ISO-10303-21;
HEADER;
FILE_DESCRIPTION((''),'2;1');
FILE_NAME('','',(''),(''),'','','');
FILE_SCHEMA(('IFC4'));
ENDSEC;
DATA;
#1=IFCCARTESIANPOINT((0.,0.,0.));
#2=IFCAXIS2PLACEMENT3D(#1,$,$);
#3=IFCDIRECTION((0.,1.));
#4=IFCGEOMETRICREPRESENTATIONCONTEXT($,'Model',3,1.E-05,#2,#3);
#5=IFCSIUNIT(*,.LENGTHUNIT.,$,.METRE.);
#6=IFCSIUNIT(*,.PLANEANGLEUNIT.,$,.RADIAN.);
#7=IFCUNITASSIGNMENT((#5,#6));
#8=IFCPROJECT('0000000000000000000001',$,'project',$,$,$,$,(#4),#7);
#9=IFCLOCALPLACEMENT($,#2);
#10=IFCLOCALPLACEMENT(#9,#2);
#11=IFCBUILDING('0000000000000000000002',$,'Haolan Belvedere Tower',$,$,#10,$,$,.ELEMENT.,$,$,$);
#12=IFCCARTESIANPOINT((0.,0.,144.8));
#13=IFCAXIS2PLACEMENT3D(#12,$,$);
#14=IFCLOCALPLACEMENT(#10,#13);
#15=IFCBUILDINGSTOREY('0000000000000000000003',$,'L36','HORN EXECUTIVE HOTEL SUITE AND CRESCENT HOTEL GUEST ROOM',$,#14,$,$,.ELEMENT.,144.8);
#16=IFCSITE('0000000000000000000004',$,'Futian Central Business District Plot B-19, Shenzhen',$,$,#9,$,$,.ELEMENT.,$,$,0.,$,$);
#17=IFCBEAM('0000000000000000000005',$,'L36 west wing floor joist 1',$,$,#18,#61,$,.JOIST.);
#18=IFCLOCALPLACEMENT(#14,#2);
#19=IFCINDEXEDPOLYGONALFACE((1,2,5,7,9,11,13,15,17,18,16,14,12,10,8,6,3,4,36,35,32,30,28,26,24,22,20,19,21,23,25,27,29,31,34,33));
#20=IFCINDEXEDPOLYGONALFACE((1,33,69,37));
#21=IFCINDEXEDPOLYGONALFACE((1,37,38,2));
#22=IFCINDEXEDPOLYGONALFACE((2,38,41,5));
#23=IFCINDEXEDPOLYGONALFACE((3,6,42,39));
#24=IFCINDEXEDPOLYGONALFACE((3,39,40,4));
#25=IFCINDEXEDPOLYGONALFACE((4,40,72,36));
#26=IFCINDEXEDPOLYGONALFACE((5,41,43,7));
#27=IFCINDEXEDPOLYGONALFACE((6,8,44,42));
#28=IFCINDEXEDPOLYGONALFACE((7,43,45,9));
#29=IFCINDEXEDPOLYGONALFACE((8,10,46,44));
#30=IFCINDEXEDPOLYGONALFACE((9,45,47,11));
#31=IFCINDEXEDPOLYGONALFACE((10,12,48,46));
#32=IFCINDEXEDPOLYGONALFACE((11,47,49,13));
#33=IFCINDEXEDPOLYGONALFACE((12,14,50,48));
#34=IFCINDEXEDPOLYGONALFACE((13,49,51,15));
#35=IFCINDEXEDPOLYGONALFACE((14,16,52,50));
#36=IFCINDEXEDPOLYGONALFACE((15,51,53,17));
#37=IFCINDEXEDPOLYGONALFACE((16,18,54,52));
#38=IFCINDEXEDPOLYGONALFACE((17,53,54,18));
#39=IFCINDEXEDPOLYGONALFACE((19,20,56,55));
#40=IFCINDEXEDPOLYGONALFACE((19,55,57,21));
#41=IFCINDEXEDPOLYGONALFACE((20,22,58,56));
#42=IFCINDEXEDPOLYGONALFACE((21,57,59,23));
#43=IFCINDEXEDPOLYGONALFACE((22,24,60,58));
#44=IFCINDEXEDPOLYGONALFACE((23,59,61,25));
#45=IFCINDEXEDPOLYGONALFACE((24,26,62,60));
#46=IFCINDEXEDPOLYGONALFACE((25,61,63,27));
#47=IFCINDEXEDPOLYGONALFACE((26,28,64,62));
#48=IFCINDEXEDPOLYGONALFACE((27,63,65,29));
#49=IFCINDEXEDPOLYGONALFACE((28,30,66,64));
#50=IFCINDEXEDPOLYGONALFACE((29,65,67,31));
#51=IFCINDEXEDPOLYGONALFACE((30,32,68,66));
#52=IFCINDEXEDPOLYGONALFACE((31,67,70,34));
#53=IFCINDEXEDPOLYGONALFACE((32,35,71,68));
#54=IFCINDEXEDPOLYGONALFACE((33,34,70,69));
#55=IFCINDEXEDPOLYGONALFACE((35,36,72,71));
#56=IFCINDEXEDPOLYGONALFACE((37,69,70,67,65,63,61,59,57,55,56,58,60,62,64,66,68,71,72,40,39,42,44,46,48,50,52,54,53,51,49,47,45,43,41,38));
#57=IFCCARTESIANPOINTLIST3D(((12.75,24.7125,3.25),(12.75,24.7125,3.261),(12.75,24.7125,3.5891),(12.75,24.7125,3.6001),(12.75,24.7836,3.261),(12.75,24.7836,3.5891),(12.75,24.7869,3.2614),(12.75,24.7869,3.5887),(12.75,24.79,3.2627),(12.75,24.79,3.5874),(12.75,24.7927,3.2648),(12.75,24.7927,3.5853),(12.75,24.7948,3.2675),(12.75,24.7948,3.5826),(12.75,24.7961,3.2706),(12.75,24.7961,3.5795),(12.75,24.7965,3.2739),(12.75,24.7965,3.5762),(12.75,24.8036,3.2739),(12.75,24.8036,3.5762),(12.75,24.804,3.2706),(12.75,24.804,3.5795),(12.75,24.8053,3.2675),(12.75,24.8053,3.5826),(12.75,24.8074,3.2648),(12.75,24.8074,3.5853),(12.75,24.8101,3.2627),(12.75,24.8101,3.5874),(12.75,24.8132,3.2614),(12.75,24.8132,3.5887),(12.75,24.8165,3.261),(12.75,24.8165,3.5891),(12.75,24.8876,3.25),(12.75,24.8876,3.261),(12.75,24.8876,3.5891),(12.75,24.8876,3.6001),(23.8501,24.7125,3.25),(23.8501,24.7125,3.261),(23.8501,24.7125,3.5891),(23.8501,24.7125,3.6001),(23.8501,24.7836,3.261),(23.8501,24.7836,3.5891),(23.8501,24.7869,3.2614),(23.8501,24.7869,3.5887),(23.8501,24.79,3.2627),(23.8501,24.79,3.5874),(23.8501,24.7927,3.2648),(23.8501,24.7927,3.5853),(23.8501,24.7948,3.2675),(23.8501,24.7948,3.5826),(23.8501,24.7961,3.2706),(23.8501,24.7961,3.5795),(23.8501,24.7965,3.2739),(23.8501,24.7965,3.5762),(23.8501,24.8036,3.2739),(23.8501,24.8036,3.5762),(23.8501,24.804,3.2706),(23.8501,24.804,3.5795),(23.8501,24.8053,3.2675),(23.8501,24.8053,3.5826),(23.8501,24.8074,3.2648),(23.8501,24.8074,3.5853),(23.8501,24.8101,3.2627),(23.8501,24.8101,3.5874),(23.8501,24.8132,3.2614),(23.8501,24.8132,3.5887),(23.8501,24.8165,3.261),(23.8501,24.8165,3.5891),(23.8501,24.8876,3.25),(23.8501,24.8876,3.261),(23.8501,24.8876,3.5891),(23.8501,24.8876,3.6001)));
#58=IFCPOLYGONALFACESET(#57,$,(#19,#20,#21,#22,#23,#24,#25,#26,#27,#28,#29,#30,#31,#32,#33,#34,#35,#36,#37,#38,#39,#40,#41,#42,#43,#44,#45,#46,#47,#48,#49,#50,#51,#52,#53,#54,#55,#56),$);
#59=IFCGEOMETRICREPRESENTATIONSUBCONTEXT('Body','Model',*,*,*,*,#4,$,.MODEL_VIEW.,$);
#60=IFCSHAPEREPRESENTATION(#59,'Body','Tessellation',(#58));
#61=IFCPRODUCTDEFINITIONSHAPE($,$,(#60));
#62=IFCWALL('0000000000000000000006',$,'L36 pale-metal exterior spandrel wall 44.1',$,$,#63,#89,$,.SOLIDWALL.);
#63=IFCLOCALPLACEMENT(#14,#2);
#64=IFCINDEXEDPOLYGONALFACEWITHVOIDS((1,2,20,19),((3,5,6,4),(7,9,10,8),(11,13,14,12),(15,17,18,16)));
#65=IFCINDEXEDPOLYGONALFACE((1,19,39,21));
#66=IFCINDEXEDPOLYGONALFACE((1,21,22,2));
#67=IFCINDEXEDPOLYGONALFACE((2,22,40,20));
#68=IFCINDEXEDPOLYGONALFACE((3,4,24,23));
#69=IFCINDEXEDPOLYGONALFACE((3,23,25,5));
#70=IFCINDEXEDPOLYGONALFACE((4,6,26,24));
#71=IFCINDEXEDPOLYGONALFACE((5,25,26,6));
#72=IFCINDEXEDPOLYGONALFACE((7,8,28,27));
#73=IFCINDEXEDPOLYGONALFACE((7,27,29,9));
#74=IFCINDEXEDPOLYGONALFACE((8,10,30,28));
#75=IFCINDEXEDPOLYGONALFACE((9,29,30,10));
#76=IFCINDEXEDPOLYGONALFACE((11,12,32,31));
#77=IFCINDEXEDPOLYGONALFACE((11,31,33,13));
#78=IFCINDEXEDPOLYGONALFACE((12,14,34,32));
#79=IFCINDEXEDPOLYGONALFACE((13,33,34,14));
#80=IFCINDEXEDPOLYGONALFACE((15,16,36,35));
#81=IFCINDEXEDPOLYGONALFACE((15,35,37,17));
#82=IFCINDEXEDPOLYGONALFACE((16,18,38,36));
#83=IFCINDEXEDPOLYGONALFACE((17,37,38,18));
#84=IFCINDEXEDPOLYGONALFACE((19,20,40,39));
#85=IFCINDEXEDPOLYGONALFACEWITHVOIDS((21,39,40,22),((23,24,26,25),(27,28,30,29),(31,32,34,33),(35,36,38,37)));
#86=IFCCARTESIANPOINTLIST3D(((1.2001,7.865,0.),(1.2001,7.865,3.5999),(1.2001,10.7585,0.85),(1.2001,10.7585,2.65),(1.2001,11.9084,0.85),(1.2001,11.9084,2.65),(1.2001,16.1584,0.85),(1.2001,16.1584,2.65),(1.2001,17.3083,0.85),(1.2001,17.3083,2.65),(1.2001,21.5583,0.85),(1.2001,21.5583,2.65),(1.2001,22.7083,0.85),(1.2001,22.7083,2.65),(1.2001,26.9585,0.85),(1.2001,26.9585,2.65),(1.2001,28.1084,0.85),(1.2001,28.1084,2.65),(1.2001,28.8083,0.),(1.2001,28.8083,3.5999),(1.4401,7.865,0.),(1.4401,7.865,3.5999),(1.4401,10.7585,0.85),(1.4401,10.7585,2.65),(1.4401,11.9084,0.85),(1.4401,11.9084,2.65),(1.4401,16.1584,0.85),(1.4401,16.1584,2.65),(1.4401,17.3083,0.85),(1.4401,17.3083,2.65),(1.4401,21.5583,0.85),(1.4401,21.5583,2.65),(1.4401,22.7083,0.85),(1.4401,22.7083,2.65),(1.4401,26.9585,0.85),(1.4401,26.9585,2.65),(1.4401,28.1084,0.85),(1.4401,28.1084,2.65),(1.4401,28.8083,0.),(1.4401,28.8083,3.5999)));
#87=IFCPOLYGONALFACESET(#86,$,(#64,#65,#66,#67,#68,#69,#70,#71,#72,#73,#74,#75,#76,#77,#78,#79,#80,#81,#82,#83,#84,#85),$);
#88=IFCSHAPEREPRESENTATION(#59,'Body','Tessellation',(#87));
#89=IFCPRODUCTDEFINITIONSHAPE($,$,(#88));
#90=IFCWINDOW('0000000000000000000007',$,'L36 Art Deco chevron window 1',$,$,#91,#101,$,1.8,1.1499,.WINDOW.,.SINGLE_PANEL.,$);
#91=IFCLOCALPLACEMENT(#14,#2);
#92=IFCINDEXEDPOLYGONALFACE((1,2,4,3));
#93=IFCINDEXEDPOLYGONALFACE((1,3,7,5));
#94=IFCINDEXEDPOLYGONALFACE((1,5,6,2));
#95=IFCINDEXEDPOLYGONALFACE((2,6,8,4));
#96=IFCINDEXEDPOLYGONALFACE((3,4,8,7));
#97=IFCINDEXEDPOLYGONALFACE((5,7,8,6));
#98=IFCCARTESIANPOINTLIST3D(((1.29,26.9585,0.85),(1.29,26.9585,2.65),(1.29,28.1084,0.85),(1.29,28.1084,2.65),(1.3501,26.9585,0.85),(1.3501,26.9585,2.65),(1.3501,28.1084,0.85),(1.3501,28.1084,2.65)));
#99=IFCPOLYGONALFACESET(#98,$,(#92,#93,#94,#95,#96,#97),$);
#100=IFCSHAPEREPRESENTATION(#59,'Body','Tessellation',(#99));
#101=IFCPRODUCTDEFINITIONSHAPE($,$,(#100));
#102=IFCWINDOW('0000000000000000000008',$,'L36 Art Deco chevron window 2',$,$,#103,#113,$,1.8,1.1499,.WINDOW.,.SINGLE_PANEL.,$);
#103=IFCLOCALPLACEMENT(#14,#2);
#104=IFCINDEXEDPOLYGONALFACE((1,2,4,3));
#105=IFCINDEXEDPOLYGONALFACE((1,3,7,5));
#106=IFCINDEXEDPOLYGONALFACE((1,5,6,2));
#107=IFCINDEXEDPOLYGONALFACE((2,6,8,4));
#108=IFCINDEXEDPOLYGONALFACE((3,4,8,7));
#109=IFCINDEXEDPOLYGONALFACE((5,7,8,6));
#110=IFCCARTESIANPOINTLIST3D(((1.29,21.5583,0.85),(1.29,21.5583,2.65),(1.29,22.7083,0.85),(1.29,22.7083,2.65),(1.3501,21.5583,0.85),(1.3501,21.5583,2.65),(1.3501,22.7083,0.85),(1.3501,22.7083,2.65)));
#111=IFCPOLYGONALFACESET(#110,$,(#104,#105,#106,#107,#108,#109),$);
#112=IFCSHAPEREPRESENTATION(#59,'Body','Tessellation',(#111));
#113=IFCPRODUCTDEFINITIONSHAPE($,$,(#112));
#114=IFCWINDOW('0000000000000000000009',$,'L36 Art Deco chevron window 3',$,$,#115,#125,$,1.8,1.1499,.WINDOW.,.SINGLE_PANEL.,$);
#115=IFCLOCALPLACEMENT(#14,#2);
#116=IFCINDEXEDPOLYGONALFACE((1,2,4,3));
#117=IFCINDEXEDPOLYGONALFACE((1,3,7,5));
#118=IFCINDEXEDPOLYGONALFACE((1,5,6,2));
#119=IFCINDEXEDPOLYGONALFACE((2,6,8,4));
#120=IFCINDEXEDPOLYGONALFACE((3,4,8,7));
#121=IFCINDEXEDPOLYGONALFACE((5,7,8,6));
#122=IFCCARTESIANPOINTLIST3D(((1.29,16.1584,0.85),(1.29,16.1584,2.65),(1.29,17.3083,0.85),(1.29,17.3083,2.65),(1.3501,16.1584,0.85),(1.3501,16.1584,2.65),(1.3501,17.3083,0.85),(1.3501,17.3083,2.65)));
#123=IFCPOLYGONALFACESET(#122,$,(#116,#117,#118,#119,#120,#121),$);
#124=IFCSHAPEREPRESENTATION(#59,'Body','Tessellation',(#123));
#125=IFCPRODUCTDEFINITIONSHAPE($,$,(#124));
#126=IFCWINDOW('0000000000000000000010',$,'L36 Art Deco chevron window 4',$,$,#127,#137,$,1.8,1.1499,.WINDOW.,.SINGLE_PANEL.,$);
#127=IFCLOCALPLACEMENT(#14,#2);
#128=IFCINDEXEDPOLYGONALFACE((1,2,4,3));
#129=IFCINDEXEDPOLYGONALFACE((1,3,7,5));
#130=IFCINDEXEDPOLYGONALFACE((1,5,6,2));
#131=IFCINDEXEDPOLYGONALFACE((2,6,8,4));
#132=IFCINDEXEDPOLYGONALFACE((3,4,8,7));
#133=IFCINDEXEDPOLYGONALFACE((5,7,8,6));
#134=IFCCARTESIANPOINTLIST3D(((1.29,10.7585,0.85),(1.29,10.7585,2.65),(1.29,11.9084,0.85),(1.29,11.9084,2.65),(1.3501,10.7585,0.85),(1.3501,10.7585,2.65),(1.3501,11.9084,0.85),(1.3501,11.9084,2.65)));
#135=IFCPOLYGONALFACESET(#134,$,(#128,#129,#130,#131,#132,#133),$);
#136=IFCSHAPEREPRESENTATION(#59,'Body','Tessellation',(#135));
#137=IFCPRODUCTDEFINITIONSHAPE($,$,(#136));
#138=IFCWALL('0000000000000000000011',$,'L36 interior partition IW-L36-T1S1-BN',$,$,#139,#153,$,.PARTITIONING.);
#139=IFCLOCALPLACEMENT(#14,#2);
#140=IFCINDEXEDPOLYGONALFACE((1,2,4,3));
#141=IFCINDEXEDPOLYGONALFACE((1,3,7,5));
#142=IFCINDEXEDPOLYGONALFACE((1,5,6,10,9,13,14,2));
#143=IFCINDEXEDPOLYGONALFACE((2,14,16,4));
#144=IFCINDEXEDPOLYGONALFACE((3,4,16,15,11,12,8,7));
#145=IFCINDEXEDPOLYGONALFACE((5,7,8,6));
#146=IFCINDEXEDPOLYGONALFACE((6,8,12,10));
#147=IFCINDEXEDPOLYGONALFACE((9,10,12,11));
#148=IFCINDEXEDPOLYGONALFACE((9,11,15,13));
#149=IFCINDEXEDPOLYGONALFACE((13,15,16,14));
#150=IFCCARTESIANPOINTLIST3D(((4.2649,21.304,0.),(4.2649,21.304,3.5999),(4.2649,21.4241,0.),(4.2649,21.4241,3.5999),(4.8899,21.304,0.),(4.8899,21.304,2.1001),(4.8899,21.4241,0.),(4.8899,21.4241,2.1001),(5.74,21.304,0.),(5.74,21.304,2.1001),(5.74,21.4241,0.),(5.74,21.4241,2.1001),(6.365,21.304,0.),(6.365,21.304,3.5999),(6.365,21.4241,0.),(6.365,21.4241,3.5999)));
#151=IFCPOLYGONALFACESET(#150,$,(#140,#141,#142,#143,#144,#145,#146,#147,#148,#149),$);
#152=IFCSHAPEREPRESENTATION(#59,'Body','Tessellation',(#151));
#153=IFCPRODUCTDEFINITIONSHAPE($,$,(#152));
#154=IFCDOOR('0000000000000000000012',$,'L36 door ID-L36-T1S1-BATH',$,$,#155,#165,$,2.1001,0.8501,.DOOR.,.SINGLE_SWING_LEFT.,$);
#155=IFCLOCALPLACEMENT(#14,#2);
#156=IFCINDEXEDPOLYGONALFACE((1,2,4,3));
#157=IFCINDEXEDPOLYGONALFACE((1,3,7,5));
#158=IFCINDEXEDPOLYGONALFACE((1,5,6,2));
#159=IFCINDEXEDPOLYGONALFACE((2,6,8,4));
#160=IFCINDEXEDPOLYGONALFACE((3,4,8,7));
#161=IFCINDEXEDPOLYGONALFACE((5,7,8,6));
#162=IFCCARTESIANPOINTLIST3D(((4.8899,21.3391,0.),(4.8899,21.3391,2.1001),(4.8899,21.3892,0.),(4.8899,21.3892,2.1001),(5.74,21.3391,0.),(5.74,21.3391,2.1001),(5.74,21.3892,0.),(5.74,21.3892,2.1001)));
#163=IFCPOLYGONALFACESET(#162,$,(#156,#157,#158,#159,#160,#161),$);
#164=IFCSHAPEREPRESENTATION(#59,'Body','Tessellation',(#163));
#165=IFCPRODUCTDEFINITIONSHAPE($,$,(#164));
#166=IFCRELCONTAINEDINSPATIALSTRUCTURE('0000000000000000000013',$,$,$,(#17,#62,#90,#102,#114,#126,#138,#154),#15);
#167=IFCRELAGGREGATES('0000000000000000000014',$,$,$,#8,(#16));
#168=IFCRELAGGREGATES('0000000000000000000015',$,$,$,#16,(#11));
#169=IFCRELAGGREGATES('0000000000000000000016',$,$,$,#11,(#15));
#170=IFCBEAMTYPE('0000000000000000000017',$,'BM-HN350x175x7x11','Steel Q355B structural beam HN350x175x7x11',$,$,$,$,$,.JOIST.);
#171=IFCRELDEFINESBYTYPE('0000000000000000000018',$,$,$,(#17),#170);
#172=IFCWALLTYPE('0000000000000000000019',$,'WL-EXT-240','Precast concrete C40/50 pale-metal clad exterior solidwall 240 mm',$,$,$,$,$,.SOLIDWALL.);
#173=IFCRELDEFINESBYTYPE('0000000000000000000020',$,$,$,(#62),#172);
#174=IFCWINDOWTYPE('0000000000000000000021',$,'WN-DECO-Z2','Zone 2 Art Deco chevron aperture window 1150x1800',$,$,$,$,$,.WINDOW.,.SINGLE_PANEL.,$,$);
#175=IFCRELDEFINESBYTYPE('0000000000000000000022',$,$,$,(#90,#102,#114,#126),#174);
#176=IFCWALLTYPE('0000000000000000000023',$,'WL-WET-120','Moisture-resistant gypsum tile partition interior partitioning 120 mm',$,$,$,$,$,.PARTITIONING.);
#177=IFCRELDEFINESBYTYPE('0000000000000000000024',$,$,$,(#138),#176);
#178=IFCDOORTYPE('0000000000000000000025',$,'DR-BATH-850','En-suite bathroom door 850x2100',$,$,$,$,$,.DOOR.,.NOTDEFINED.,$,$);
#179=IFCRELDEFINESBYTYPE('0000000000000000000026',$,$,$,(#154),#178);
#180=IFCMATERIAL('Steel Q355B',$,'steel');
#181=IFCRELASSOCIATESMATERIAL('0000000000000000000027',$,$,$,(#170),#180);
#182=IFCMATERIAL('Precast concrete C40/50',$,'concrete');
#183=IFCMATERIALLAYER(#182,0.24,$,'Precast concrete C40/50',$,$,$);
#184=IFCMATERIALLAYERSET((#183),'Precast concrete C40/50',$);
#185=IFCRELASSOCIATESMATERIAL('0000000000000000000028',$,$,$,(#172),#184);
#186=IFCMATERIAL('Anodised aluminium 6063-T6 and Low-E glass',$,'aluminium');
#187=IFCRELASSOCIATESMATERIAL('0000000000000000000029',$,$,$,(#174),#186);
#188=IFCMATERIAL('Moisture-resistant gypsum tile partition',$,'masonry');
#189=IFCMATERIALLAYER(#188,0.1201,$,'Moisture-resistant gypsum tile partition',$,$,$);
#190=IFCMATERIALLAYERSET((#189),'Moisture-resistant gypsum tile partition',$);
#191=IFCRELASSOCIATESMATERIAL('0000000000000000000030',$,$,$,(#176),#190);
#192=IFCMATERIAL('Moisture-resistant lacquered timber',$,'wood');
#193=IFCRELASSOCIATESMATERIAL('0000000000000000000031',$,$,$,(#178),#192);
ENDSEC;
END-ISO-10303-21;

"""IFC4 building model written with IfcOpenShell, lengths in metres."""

from ifc_helpers import new_model, si_unit, direction, frame, frame_2d, origin, origin_2d, place, context, subcontext, project, spatial, rectangle, i_section, extrude, material, layer, layer_set, material_profile, profile_set, type_object, element, fill, save


model = new_model("IFC4")

# Units and contexts
model_context = context("Model", 3, precision=1e-05, world=origin(), true_north=direction((0.0, 1.0)))
body_context = subcontext(model_context, "Body", "Model", "MODEL_VIEW")
ifc_project = project(units=[si_unit("LENGTHUNIT", "METRE"), si_unit("PLANEANGLEUNIT", "RADIAN")], contexts=[model_context])

# Site, building, storey
site_placement = place(None, origin())
site = spatial("IfcSite", under=ifc_project, at=site_placement, Name="Futian Central Business District Plot B-19, Shenzhen", CompositionType="ELEMENT", RefElevation=0.0)
building_placement = place(site_placement, origin())
building = spatial("IfcBuilding", under=site, at=building_placement, Name="Haolan Belvedere Tower", CompositionType="ELEMENT")
storey_placement = place(building_placement, frame((0.0, 0.0, 144.8)))
storey = spatial("IfcBuildingStorey", under=building, at=storey_placement, Name="L36", Description="HORN EXECUTIVE HOTEL SUITE AND CRESCENT HOTEL GUEST ROOM", CompositionType="ELEMENT", Elevation=144.8)

# Beam
ifc_material_1 = material(Name="Steel Q355B", Category="steel")
ifc_material_profile_1 = material_profile(ifc_material_1, i_section(OverallWidth=0.175, OverallDepth=0.3501, WebThickness=0.0071, FlangeThickness=0.011, FilletRadius=0.0129, at=origin_2d()), Name="Steel Q355B")
ifc_profile_set_1 = profile_set([ifc_material_profile_1], Name="Steel Q355B")
beam_type_1 = type_object("IfcBeamType", Name="BM-HN350x175x7x11", Description="Steel Q355B structural beam HN350x175x7x11", PredefinedType="JOIST", material=ifc_profile_set_1)
beam_1_placement = place(storey_placement, frame((12.75, 24.8, 3.425), z_axis=(1.0, 0.0, 0.0), x_axis=(0.0, 1.0, 0.0)))
element("IfcBeam", 1, at=beam_1_placement, inside=storey, type_object=beam_type_1, Name="L36 west wing floor joist 1", PredefinedType="JOIST", context=body_context, shape_type="SweptSolid", body=[
    extrude(i_section(OverallWidth=0.175, OverallDepth=0.3501, WebThickness=0.0071, FlangeThickness=0.011, FilletRadius=0.0129, at=origin_2d()), origin(), (0.0, 0.0, 1.0), 11.1001),
])

# Wall, openings, windows
ifc_material_2 = material(Name="Precast concrete C40/50", Category="concrete")
ifc_layer_1 = layer(ifc_material_2, 0.24, Name="Precast concrete C40/50")
ifc_layer_set_1 = layer_set([ifc_layer_1], Name="Precast concrete C40/50")
wall_type_1 = type_object("IfcWallType", Name="WL-EXT-240", Description="Precast concrete C40/50 pale-metal clad exterior solidwall 240 mm", PredefinedType="SOLIDWALL", material=ifc_layer_set_1)
wall_1_placement = place(storey_placement, frame((1.3201, 28.8083, 0.0), z_axis=(0.0, 0.0, 1.0), x_axis=(0.0, -1.0, 0.0)))
wall_1 = element("IfcWall", 2, at=wall_1_placement, inside=storey, type_object=wall_type_1, Name="L36 pale-metal exterior spandrel wall 44.1", PredefinedType="SOLIDWALL", context=body_context, shape_type="SweptSolid", body=[
    extrude(rectangle(XDim=20.9434, YDim=0.24, at=frame_2d((10.4717, 0.0))), origin(), (0.0, 0.0, 1.0), 3.5999),
])
opening_1_placement = place(wall_1_placement, frame((0.7, 0.0, 0.8501)))
opening_1 = element("IfcOpeningElement", 3, at=opening_1_placement, cuts=wall_1, PredefinedType="OPENING", context=body_context, shape_type="SweptSolid", body=[
    extrude(rectangle(XDim=1.1499, YDim=1.8, at=frame_2d((0.575, 0.8999))), frame((0.0, 0.1299, 0.0), z_axis=(0.0, -1.0, 0.0), x_axis=(1.0, 0.0, 0.0)), (0.0, 0.0, 1.0), 0.26),
])
opening_2_placement = place(wall_1_placement, frame((6.1001, 0.0, 0.8501)))
opening_2 = element("IfcOpeningElement", 4, at=opening_2_placement, cuts=wall_1, PredefinedType="OPENING", context=body_context, shape_type="SweptSolid", body=[
    extrude(rectangle(XDim=1.1499, YDim=1.8, at=frame_2d((0.575, 0.8999))), frame((0.0, 0.1299, 0.0), z_axis=(0.0, -1.0, 0.0), x_axis=(1.0, 0.0, 0.0)), (0.0, 0.0, 1.0), 0.26),
])
opening_3_placement = place(wall_1_placement, frame((11.5, 0.0, 0.8501)))
opening_3 = element("IfcOpeningElement", 5, at=opening_3_placement, cuts=wall_1, PredefinedType="OPENING", context=body_context, shape_type="SweptSolid", body=[
    extrude(rectangle(XDim=1.1499, YDim=1.8, at=frame_2d((0.575, 0.8999))), frame((0.0, 0.1299, 0.0), z_axis=(0.0, -1.0, 0.0), x_axis=(1.0, 0.0, 0.0)), (0.0, 0.0, 1.0), 0.26),
])
opening_4_placement = place(wall_1_placement, frame((16.8999, 0.0, 0.8501)))
opening_4 = element("IfcOpeningElement", 6, at=opening_4_placement, cuts=wall_1, PredefinedType="OPENING", context=body_context, shape_type="SweptSolid", body=[
    extrude(rectangle(XDim=1.1499, YDim=1.8, at=frame_2d((0.575, 0.8999))), frame((0.0, 0.1299, 0.0), z_axis=(0.0, -1.0, 0.0), x_axis=(1.0, 0.0, 0.0)), (0.0, 0.0, 1.0), 0.26),
])
ifc_material_3 = material(Name="Anodised aluminium 6063-T6 and Low-E glass", Category="aluminium")
window_type = type_object("IfcWindowType", Name="WN-DECO-Z2", Description="Zone 2 Art Deco chevron aperture window 1150x1800", PartitioningType="SINGLE_PANEL", PredefinedType="WINDOW", material=ifc_material_3)
window_1_placement = place(opening_1_placement, origin())
window_1 = element("IfcWindow", 7, at=window_1_placement, inside=storey, type_object=window_type, Name="L36 Art Deco chevron window 1", OverallHeight=1.8, OverallWidth=1.1499, PartitioningType="SINGLE_PANEL", PredefinedType="WINDOW", context=body_context, shape_type="SweptSolid", body=[
    extrude(rectangle(XDim=1.1499, YDim=1.8, at=frame_2d((0.575, 0.8999))), frame((0.0, 0.03, 0.0), z_axis=(0.0, -1.0, 0.0), x_axis=(1.0, 0.0, 0.0)), (0.0, 0.0, 1.0), 0.0601),
])
fill(opening_1, window_1)
window_2_placement = place(opening_2_placement, origin())
window_2 = element("IfcWindow", 8, at=window_2_placement, inside=storey, type_object=window_type, Name="L36 Art Deco chevron window 2", OverallHeight=1.8, OverallWidth=1.1499, PartitioningType="SINGLE_PANEL", PredefinedType="WINDOW", context=body_context, shape_type="SweptSolid", body=[
    extrude(rectangle(XDim=1.1499, YDim=1.8, at=frame_2d((0.575, 0.8999))), frame((0.0, 0.03, 0.0), z_axis=(0.0, -1.0, 0.0), x_axis=(1.0, 0.0, 0.0)), (0.0, 0.0, 1.0), 0.0601),
])
fill(opening_2, window_2)
window_3_placement = place(opening_3_placement, origin())
window_3 = element("IfcWindow", 9, at=window_3_placement, inside=storey, type_object=window_type, Name="L36 Art Deco chevron window 3", OverallHeight=1.8, OverallWidth=1.1499, PartitioningType="SINGLE_PANEL", PredefinedType="WINDOW", context=body_context, shape_type="SweptSolid", body=[
    extrude(rectangle(XDim=1.1499, YDim=1.8, at=frame_2d((0.575, 0.8999))), frame((0.0, 0.03, 0.0), z_axis=(0.0, -1.0, 0.0), x_axis=(1.0, 0.0, 0.0)), (0.0, 0.0, 1.0), 0.0601),
])
fill(opening_3, window_3)
window_4_placement = place(opening_4_placement, origin())
window_4 = element("IfcWindow", 10, at=window_4_placement, inside=storey, type_object=window_type, Name="L36 Art Deco chevron window 4", OverallHeight=1.8, OverallWidth=1.1499, PartitioningType="SINGLE_PANEL", PredefinedType="WINDOW", context=body_context, shape_type="SweptSolid", body=[
    extrude(rectangle(XDim=1.1499, YDim=1.8, at=frame_2d((0.575, 0.8999))), frame((0.0, 0.03, 0.0), z_axis=(0.0, -1.0, 0.0), x_axis=(1.0, 0.0, 0.0)), (0.0, 0.0, 1.0), 0.0601),
])
fill(opening_4, window_4)

# Wall, opening, door
ifc_material_4 = material(Name="Moisture-resistant gypsum tile partition", Category="masonry")
ifc_layer_2 = layer(ifc_material_4, 0.1201, Name="Moisture-resistant gypsum tile partition")
ifc_layer_set_2 = layer_set([ifc_layer_2], Name="Moisture-resistant gypsum tile partition")
wall_type_2 = type_object("IfcWallType", Name="WL-WET-120", Description="Moisture-resistant gypsum tile partition interior partitioning 120 mm", PredefinedType="PARTITIONING", material=ifc_layer_set_2)
wall_2_placement = place(storey_placement, frame((4.2649, 21.364, 0.0), z_axis=(0.0, 0.0, 1.0), x_axis=(1.0, 0.0, 0.0)))
wall_2 = element("IfcWall", 11, at=wall_2_placement, inside=storey, type_object=wall_type_2, Name="L36 interior partition IW-L36-T1S1-BN", PredefinedType="PARTITIONING", context=body_context, shape_type="SweptSolid", body=[
    extrude(rectangle(XDim=2.1001, YDim=0.1201, at=frame_2d((1.05, 0.0))), origin(), (0.0, 0.0, 1.0), 3.5999),
])
opening_5_placement = place(wall_2_placement, frame((1.4751, 0.0, 0.0), z_axis=(0.0, 0.0, 1.0), x_axis=(-1.0, 0.0, 0.0)))
opening_5 = element("IfcOpeningElement", 12, at=opening_5_placement, cuts=wall_2, PredefinedType="OPENING", context=body_context, shape_type="SweptSolid", body=[
    extrude(rectangle(XDim=0.8501, YDim=2.1001, at=frame_2d((0.425, 1.05))), frame((0.0, 0.0701, 0.0), z_axis=(0.0, -1.0, 0.0), x_axis=(1.0, 0.0, 0.0)), (0.0, 0.0, 1.0), 0.1401),
])
ifc_material_5 = material(Name="Moisture-resistant lacquered timber", Category="wood")
door_type = type_object("IfcDoorType", Name="DR-BATH-850", Description="En-suite bathroom door 850x2100", OperationType="NOTDEFINED", PredefinedType="DOOR", material=ifc_material_5)
door_1_placement = place(opening_5_placement, origin())
door_1 = element("IfcDoor", 13, at=door_1_placement, inside=storey, type_object=door_type, Name="L36 door ID-L36-T1S1-BATH", OperationType="SINGLE_SWING_LEFT", OverallHeight=2.1001, OverallWidth=0.8501, PredefinedType="DOOR", context=body_context, shape_type="SweptSolid", body=[
    extrude(rectangle(XDim=0.8501, YDim=2.1001, at=frame_2d((0.425, 1.05))), frame((0.0, 0.0249, 0.0), z_axis=(0.0, -1.0, 0.0), x_axis=(1.0, 0.0, 0.0)), (0.0, 0.0, 1.0), 0.05),
])
fill(opening_5, door_1)

save(model, "model.ifc")
